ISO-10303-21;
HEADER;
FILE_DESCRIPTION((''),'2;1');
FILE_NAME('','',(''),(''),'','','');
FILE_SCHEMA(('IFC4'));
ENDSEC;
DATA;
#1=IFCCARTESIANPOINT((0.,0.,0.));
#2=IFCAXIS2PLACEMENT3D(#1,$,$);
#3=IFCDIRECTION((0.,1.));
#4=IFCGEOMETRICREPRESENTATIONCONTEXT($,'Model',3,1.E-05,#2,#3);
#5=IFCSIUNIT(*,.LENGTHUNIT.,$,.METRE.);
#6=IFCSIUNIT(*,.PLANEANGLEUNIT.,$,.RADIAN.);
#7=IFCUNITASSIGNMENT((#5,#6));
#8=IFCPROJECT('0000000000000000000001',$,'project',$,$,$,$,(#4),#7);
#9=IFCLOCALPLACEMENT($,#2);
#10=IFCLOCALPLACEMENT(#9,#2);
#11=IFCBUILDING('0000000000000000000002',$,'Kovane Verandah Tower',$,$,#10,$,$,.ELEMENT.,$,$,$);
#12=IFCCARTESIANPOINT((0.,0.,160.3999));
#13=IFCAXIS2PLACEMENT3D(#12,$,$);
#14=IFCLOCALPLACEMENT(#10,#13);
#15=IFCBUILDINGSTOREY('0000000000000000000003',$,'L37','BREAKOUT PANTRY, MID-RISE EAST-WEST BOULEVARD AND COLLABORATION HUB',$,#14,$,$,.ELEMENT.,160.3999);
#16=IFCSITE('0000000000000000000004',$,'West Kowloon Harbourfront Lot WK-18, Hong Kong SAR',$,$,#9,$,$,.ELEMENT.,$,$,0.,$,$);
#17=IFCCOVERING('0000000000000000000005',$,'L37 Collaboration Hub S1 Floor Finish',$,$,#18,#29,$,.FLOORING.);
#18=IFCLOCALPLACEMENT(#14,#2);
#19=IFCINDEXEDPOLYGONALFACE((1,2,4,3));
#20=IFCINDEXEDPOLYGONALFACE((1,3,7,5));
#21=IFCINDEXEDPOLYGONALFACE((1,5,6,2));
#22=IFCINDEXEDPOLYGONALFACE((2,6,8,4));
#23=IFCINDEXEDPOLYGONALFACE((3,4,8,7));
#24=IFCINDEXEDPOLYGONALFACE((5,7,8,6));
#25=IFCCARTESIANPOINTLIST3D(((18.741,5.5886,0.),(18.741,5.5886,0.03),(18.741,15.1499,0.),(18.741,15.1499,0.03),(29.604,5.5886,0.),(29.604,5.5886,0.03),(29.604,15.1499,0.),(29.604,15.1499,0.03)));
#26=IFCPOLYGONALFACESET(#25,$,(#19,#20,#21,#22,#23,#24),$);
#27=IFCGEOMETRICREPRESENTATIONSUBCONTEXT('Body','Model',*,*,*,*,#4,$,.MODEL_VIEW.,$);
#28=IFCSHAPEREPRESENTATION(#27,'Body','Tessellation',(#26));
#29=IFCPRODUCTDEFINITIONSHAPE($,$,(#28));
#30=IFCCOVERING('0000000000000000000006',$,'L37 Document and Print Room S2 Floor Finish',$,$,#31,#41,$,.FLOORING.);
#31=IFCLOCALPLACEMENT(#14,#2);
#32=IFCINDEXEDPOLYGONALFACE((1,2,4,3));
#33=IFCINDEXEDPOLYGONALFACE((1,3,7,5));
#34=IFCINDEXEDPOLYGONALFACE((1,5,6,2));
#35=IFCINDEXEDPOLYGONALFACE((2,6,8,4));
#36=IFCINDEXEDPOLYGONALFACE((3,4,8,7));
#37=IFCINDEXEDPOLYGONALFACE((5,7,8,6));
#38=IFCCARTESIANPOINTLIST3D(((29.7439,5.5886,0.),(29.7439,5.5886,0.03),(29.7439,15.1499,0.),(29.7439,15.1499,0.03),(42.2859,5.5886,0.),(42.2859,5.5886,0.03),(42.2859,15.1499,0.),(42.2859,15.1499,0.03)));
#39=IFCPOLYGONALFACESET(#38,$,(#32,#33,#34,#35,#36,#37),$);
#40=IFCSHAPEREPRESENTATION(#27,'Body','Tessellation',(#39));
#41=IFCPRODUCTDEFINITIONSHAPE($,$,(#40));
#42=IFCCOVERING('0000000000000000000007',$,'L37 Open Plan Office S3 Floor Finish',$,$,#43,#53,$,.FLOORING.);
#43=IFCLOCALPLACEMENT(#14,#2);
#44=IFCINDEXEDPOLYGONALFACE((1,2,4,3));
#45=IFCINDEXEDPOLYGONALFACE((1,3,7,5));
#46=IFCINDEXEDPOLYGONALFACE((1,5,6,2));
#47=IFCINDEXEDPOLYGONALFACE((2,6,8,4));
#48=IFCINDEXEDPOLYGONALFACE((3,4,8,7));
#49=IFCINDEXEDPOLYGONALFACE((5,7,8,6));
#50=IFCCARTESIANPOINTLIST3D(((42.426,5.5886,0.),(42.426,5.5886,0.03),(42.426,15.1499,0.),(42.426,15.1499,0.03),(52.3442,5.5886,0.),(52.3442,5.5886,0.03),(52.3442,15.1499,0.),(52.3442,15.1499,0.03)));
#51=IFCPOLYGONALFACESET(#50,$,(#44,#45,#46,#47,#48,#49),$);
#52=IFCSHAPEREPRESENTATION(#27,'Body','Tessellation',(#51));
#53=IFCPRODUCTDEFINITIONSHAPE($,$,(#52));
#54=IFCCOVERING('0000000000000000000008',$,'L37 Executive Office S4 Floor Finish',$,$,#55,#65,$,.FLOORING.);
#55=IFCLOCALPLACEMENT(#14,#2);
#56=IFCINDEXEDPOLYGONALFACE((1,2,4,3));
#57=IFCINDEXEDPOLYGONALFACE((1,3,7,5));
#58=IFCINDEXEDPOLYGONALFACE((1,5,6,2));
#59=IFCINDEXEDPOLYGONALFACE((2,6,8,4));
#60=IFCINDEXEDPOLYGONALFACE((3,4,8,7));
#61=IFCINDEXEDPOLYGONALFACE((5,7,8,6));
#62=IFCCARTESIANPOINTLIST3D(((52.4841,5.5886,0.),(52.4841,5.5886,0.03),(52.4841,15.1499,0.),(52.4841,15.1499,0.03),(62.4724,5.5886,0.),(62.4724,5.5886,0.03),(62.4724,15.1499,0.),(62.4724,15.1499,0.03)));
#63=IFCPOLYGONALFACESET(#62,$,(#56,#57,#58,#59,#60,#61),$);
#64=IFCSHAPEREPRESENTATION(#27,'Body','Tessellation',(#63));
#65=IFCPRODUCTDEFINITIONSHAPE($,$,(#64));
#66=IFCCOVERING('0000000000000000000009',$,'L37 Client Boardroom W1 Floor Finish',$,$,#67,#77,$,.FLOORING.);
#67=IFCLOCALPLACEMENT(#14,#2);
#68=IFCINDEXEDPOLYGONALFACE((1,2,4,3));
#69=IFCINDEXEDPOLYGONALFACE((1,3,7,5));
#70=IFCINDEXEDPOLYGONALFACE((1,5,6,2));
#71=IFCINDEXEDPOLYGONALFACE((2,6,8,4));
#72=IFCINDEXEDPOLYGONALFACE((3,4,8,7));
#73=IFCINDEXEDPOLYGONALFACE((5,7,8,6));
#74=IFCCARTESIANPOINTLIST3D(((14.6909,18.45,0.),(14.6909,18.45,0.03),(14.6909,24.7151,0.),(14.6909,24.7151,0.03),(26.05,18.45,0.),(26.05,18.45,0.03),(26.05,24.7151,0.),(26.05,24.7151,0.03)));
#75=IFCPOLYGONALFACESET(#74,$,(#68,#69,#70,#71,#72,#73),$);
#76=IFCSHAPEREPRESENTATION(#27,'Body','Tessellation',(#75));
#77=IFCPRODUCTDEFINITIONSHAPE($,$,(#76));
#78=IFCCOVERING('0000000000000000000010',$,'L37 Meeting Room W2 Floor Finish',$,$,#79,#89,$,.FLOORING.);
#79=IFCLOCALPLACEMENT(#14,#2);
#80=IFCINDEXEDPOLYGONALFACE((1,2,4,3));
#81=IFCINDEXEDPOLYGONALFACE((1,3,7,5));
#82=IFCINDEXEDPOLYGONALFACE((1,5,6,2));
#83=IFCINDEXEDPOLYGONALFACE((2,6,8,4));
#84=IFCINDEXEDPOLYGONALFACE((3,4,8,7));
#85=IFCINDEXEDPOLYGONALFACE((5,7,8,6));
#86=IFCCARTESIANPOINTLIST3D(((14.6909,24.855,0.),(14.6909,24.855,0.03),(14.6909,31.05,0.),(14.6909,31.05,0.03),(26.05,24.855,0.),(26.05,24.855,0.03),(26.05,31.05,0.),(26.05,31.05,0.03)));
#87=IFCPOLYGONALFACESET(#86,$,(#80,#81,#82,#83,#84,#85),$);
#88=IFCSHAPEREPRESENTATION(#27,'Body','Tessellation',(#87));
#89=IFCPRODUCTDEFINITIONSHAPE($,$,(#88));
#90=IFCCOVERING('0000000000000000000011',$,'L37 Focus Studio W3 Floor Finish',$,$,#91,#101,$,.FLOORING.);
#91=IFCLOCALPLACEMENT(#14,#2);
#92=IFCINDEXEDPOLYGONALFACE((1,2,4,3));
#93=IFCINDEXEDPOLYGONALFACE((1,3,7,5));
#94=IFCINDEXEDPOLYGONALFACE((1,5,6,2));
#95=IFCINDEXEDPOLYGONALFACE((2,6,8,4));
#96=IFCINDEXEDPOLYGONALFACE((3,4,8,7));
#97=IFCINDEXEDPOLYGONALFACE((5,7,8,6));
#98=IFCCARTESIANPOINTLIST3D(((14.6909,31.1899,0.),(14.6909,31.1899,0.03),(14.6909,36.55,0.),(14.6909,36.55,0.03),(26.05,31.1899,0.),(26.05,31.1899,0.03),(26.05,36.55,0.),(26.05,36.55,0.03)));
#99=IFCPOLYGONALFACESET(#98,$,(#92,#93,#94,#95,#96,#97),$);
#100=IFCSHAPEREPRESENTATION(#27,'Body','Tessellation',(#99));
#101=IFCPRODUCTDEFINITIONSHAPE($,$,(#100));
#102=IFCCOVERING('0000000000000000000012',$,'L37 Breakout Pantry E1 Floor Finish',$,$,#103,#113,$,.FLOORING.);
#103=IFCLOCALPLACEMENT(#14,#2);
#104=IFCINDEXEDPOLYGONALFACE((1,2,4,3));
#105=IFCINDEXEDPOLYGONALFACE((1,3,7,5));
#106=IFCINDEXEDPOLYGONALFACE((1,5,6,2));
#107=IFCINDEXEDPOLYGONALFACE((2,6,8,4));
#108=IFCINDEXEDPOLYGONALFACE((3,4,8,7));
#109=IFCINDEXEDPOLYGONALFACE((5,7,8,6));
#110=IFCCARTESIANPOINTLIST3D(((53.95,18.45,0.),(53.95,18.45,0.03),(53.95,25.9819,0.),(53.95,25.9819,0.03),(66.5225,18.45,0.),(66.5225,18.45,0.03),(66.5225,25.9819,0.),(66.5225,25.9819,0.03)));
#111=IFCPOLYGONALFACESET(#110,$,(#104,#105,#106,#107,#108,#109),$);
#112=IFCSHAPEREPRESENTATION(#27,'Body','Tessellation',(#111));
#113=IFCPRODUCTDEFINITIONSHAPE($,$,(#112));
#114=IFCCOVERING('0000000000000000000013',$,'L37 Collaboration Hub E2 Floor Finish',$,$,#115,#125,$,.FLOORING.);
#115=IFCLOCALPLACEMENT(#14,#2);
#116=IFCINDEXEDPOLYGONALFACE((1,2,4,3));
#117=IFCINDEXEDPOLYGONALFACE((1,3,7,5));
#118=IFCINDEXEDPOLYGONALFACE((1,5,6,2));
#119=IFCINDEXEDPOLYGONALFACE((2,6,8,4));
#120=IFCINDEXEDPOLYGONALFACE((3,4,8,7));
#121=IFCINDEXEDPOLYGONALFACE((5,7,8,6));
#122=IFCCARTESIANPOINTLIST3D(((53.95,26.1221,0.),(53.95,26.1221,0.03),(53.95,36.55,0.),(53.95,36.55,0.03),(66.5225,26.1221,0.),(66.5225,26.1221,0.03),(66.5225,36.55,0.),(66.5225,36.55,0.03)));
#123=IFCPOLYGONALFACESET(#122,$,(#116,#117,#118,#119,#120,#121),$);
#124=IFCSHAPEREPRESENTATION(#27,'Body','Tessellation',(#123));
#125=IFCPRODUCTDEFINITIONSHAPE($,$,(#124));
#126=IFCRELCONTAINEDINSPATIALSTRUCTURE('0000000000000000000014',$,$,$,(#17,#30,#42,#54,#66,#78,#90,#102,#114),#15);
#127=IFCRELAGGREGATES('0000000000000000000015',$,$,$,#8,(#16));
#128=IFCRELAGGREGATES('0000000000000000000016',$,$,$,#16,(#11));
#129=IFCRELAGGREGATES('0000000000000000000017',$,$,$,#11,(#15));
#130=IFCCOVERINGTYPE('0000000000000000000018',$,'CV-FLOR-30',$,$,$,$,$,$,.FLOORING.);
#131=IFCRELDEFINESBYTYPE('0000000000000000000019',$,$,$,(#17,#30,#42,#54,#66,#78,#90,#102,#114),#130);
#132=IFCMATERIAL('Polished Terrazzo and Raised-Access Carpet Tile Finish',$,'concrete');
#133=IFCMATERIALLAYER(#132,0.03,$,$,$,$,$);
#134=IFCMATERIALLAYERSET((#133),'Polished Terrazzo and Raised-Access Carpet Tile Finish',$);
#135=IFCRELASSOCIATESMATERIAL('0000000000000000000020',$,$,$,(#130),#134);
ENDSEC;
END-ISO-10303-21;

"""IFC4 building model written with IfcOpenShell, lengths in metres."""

from ifc_helpers import new_model, si_unit, direction, frame, origin, place, context, subcontext, project, spatial, polyline, outline, extrude, material, layer, layer_set, type_object, element, save


model = new_model("IFC4")

# Units and contexts
model_context = context("Model", 3, precision=1e-05, world=origin(), true_north=direction((0.0, 1.0)))
body_context = subcontext(model_context, "Body", "Model", "MODEL_VIEW")
ifc_project = project(units=[si_unit("LENGTHUNIT", "METRE"), si_unit("PLANEANGLEUNIT", "RADIAN")], contexts=[model_context])

# Site, building, storey
site_placement = place(None, origin())
site = spatial("IfcSite", under=ifc_project, at=site_placement, Name="West Kowloon Harbourfront Lot WK-18, Hong Kong SAR", CompositionType="ELEMENT", RefElevation=0.0)
building_placement = place(site_placement, origin())
building = spatial("IfcBuilding", under=site, at=building_placement, Name="Kovane Verandah Tower", CompositionType="ELEMENT")
storey_placement = place(building_placement, frame((0.0, 0.0, 160.3999)))
storey = spatial("IfcBuildingStorey", under=building, at=storey_placement, Name="L37", Description="BREAKOUT PANTRY, MID-RISE EAST-WEST BOULEVARD AND COLLABORATION HUB", CompositionType="ELEMENT", Elevation=160.3999)

# Coverings
ifc_material_1 = material(Name="Polished Terrazzo and Raised-Access Carpet Tile Finish", Category="concrete")
ifc_layer_1 = layer(ifc_material_1, 0.03)
ifc_layer_set_1 = layer_set([ifc_layer_1], Name="Polished Terrazzo and Raised-Access Carpet Tile Finish")
covering_type_1 = type_object("IfcCoveringType", Name="CV-FLOR-30", PredefinedType="FLOORING", material=ifc_layer_set_1)
covering_1_placement = place(storey_placement, origin())
element("IfcCovering", 1, at=covering_1_placement, inside=storey, type_object=covering_type_1, Name="L37 Collaboration Hub S1 Floor Finish", PredefinedType="FLOORING", context=body_context, shape_type="SweptSolid", body=[
    extrude(outline(polyline([(18.741, 5.5886), (29.604, 5.5886), (29.604, 15.1499), (18.741, 15.1499), (18.741, 5.5886)])), origin(), (0.0, 0.0, 1.0), 0.03),
])
covering_2_placement = place(storey_placement, origin())
element("IfcCovering", 2, at=covering_2_placement, inside=storey, type_object=covering_type_1, Name="L37 Document and Print Room S2 Floor Finish", PredefinedType="FLOORING", context=body_context, shape_type="SweptSolid", body=[
    extrude(outline(polyline([(29.7439, 5.5886), (42.2859, 5.5886), (42.2859, 15.1499), (29.7439, 15.1499), (29.7439, 5.5886)])), origin(), (0.0, 0.0, 1.0), 0.03),
])
covering_3_placement = place(storey_placement, origin())
element("IfcCovering", 3, at=covering_3_placement, inside=storey, type_object=covering_type_1, Name="L37 Open Plan Office S3 Floor Finish", PredefinedType="FLOORING", context=body_context, shape_type="SweptSolid", body=[
    extrude(outline(polyline([(42.426, 5.5886), (52.3442, 5.5886), (52.3442, 15.1499), (42.426, 15.1499), (42.426, 5.5886)])), origin(), (0.0, 0.0, 1.0), 0.03),
])
covering_4_placement = place(storey_placement, origin())
element("IfcCovering", 4, at=covering_4_placement, inside=storey, type_object=covering_type_1, Name="L37 Executive Office S4 Floor Finish", PredefinedType="FLOORING", context=body_context, shape_type="SweptSolid", body=[
    extrude(outline(polyline([(52.4841, 5.5886), (62.4724, 5.5886), (62.4724, 15.1499), (52.4841, 15.1499), (52.4841, 5.5886)])), origin(), (0.0, 0.0, 1.0), 0.03),
])
covering_5_placement = place(storey_placement, origin())
element("IfcCovering", 5, at=covering_5_placement, inside=storey, type_object=covering_type_1, Name="L37 Client Boardroom W1 Floor Finish", PredefinedType="FLOORING", context=body_context, shape_type="SweptSolid", body=[
    extrude(outline(polyline([(14.6909, 18.45), (26.05, 18.45), (26.05, 24.7151), (14.6909, 24.7151), (14.6909, 18.45)])), origin(), (0.0, 0.0, 1.0), 0.03),
])
covering_6_placement = place(storey_placement, origin())
element("IfcCovering", 6, at=covering_6_placement, inside=storey, type_object=covering_type_1, Name="L37 Meeting Room W2 Floor Finish", PredefinedType="FLOORING", context=body_context, shape_type="SweptSolid", body=[
    extrude(outline(polyline([(14.6909, 24.855), (26.05, 24.855), (26.05, 31.05), (14.6909, 31.05), (14.6909, 24.855)])), origin(), (0.0, 0.0, 1.0), 0.03),
])
covering_7_placement = place(storey_placement, origin())
element("IfcCovering", 7, at=covering_7_placement, inside=storey, type_object=covering_type_1, Name="L37 Focus Studio W3 Floor Finish", PredefinedType="FLOORING", context=body_context, shape_type="SweptSolid", body=[
    extrude(outline(polyline([(14.6909, 31.1899), (26.05, 31.1899), (26.05, 36.55), (14.6909, 36.55), (14.6909, 31.1899)])), origin(), (0.0, 0.0, 1.0), 0.03),
])
covering_8_placement = place(storey_placement, origin())
element("IfcCovering", 8, at=covering_8_placement, inside=storey, type_object=covering_type_1, Name="L37 Breakout Pantry E1 Floor Finish", PredefinedType="FLOORING", context=body_context, shape_type="SweptSolid", body=[
    extrude(outline(polyline([(53.95, 18.45), (66.5225, 18.45), (66.5225, 25.9819), (53.95, 25.9819), (53.95, 18.45)])), origin(), (0.0, 0.0, 1.0), 0.03),
])
covering_9_placement = place(storey_placement, origin())
element("IfcCovering", 9, at=covering_9_placement, inside=storey, type_object=covering_type_1, Name="L37 Collaboration Hub E2 Floor Finish", PredefinedType="FLOORING", context=body_context, shape_type="SweptSolid", body=[
    extrude(outline(polyline([(53.95, 26.1221), (66.5225, 26.1221), (66.5225, 36.55), (53.95, 36.55), (53.95, 26.1221)])), origin(), (0.0, 0.0, 1.0), 0.03),
])

save(model, "model.ifc")
